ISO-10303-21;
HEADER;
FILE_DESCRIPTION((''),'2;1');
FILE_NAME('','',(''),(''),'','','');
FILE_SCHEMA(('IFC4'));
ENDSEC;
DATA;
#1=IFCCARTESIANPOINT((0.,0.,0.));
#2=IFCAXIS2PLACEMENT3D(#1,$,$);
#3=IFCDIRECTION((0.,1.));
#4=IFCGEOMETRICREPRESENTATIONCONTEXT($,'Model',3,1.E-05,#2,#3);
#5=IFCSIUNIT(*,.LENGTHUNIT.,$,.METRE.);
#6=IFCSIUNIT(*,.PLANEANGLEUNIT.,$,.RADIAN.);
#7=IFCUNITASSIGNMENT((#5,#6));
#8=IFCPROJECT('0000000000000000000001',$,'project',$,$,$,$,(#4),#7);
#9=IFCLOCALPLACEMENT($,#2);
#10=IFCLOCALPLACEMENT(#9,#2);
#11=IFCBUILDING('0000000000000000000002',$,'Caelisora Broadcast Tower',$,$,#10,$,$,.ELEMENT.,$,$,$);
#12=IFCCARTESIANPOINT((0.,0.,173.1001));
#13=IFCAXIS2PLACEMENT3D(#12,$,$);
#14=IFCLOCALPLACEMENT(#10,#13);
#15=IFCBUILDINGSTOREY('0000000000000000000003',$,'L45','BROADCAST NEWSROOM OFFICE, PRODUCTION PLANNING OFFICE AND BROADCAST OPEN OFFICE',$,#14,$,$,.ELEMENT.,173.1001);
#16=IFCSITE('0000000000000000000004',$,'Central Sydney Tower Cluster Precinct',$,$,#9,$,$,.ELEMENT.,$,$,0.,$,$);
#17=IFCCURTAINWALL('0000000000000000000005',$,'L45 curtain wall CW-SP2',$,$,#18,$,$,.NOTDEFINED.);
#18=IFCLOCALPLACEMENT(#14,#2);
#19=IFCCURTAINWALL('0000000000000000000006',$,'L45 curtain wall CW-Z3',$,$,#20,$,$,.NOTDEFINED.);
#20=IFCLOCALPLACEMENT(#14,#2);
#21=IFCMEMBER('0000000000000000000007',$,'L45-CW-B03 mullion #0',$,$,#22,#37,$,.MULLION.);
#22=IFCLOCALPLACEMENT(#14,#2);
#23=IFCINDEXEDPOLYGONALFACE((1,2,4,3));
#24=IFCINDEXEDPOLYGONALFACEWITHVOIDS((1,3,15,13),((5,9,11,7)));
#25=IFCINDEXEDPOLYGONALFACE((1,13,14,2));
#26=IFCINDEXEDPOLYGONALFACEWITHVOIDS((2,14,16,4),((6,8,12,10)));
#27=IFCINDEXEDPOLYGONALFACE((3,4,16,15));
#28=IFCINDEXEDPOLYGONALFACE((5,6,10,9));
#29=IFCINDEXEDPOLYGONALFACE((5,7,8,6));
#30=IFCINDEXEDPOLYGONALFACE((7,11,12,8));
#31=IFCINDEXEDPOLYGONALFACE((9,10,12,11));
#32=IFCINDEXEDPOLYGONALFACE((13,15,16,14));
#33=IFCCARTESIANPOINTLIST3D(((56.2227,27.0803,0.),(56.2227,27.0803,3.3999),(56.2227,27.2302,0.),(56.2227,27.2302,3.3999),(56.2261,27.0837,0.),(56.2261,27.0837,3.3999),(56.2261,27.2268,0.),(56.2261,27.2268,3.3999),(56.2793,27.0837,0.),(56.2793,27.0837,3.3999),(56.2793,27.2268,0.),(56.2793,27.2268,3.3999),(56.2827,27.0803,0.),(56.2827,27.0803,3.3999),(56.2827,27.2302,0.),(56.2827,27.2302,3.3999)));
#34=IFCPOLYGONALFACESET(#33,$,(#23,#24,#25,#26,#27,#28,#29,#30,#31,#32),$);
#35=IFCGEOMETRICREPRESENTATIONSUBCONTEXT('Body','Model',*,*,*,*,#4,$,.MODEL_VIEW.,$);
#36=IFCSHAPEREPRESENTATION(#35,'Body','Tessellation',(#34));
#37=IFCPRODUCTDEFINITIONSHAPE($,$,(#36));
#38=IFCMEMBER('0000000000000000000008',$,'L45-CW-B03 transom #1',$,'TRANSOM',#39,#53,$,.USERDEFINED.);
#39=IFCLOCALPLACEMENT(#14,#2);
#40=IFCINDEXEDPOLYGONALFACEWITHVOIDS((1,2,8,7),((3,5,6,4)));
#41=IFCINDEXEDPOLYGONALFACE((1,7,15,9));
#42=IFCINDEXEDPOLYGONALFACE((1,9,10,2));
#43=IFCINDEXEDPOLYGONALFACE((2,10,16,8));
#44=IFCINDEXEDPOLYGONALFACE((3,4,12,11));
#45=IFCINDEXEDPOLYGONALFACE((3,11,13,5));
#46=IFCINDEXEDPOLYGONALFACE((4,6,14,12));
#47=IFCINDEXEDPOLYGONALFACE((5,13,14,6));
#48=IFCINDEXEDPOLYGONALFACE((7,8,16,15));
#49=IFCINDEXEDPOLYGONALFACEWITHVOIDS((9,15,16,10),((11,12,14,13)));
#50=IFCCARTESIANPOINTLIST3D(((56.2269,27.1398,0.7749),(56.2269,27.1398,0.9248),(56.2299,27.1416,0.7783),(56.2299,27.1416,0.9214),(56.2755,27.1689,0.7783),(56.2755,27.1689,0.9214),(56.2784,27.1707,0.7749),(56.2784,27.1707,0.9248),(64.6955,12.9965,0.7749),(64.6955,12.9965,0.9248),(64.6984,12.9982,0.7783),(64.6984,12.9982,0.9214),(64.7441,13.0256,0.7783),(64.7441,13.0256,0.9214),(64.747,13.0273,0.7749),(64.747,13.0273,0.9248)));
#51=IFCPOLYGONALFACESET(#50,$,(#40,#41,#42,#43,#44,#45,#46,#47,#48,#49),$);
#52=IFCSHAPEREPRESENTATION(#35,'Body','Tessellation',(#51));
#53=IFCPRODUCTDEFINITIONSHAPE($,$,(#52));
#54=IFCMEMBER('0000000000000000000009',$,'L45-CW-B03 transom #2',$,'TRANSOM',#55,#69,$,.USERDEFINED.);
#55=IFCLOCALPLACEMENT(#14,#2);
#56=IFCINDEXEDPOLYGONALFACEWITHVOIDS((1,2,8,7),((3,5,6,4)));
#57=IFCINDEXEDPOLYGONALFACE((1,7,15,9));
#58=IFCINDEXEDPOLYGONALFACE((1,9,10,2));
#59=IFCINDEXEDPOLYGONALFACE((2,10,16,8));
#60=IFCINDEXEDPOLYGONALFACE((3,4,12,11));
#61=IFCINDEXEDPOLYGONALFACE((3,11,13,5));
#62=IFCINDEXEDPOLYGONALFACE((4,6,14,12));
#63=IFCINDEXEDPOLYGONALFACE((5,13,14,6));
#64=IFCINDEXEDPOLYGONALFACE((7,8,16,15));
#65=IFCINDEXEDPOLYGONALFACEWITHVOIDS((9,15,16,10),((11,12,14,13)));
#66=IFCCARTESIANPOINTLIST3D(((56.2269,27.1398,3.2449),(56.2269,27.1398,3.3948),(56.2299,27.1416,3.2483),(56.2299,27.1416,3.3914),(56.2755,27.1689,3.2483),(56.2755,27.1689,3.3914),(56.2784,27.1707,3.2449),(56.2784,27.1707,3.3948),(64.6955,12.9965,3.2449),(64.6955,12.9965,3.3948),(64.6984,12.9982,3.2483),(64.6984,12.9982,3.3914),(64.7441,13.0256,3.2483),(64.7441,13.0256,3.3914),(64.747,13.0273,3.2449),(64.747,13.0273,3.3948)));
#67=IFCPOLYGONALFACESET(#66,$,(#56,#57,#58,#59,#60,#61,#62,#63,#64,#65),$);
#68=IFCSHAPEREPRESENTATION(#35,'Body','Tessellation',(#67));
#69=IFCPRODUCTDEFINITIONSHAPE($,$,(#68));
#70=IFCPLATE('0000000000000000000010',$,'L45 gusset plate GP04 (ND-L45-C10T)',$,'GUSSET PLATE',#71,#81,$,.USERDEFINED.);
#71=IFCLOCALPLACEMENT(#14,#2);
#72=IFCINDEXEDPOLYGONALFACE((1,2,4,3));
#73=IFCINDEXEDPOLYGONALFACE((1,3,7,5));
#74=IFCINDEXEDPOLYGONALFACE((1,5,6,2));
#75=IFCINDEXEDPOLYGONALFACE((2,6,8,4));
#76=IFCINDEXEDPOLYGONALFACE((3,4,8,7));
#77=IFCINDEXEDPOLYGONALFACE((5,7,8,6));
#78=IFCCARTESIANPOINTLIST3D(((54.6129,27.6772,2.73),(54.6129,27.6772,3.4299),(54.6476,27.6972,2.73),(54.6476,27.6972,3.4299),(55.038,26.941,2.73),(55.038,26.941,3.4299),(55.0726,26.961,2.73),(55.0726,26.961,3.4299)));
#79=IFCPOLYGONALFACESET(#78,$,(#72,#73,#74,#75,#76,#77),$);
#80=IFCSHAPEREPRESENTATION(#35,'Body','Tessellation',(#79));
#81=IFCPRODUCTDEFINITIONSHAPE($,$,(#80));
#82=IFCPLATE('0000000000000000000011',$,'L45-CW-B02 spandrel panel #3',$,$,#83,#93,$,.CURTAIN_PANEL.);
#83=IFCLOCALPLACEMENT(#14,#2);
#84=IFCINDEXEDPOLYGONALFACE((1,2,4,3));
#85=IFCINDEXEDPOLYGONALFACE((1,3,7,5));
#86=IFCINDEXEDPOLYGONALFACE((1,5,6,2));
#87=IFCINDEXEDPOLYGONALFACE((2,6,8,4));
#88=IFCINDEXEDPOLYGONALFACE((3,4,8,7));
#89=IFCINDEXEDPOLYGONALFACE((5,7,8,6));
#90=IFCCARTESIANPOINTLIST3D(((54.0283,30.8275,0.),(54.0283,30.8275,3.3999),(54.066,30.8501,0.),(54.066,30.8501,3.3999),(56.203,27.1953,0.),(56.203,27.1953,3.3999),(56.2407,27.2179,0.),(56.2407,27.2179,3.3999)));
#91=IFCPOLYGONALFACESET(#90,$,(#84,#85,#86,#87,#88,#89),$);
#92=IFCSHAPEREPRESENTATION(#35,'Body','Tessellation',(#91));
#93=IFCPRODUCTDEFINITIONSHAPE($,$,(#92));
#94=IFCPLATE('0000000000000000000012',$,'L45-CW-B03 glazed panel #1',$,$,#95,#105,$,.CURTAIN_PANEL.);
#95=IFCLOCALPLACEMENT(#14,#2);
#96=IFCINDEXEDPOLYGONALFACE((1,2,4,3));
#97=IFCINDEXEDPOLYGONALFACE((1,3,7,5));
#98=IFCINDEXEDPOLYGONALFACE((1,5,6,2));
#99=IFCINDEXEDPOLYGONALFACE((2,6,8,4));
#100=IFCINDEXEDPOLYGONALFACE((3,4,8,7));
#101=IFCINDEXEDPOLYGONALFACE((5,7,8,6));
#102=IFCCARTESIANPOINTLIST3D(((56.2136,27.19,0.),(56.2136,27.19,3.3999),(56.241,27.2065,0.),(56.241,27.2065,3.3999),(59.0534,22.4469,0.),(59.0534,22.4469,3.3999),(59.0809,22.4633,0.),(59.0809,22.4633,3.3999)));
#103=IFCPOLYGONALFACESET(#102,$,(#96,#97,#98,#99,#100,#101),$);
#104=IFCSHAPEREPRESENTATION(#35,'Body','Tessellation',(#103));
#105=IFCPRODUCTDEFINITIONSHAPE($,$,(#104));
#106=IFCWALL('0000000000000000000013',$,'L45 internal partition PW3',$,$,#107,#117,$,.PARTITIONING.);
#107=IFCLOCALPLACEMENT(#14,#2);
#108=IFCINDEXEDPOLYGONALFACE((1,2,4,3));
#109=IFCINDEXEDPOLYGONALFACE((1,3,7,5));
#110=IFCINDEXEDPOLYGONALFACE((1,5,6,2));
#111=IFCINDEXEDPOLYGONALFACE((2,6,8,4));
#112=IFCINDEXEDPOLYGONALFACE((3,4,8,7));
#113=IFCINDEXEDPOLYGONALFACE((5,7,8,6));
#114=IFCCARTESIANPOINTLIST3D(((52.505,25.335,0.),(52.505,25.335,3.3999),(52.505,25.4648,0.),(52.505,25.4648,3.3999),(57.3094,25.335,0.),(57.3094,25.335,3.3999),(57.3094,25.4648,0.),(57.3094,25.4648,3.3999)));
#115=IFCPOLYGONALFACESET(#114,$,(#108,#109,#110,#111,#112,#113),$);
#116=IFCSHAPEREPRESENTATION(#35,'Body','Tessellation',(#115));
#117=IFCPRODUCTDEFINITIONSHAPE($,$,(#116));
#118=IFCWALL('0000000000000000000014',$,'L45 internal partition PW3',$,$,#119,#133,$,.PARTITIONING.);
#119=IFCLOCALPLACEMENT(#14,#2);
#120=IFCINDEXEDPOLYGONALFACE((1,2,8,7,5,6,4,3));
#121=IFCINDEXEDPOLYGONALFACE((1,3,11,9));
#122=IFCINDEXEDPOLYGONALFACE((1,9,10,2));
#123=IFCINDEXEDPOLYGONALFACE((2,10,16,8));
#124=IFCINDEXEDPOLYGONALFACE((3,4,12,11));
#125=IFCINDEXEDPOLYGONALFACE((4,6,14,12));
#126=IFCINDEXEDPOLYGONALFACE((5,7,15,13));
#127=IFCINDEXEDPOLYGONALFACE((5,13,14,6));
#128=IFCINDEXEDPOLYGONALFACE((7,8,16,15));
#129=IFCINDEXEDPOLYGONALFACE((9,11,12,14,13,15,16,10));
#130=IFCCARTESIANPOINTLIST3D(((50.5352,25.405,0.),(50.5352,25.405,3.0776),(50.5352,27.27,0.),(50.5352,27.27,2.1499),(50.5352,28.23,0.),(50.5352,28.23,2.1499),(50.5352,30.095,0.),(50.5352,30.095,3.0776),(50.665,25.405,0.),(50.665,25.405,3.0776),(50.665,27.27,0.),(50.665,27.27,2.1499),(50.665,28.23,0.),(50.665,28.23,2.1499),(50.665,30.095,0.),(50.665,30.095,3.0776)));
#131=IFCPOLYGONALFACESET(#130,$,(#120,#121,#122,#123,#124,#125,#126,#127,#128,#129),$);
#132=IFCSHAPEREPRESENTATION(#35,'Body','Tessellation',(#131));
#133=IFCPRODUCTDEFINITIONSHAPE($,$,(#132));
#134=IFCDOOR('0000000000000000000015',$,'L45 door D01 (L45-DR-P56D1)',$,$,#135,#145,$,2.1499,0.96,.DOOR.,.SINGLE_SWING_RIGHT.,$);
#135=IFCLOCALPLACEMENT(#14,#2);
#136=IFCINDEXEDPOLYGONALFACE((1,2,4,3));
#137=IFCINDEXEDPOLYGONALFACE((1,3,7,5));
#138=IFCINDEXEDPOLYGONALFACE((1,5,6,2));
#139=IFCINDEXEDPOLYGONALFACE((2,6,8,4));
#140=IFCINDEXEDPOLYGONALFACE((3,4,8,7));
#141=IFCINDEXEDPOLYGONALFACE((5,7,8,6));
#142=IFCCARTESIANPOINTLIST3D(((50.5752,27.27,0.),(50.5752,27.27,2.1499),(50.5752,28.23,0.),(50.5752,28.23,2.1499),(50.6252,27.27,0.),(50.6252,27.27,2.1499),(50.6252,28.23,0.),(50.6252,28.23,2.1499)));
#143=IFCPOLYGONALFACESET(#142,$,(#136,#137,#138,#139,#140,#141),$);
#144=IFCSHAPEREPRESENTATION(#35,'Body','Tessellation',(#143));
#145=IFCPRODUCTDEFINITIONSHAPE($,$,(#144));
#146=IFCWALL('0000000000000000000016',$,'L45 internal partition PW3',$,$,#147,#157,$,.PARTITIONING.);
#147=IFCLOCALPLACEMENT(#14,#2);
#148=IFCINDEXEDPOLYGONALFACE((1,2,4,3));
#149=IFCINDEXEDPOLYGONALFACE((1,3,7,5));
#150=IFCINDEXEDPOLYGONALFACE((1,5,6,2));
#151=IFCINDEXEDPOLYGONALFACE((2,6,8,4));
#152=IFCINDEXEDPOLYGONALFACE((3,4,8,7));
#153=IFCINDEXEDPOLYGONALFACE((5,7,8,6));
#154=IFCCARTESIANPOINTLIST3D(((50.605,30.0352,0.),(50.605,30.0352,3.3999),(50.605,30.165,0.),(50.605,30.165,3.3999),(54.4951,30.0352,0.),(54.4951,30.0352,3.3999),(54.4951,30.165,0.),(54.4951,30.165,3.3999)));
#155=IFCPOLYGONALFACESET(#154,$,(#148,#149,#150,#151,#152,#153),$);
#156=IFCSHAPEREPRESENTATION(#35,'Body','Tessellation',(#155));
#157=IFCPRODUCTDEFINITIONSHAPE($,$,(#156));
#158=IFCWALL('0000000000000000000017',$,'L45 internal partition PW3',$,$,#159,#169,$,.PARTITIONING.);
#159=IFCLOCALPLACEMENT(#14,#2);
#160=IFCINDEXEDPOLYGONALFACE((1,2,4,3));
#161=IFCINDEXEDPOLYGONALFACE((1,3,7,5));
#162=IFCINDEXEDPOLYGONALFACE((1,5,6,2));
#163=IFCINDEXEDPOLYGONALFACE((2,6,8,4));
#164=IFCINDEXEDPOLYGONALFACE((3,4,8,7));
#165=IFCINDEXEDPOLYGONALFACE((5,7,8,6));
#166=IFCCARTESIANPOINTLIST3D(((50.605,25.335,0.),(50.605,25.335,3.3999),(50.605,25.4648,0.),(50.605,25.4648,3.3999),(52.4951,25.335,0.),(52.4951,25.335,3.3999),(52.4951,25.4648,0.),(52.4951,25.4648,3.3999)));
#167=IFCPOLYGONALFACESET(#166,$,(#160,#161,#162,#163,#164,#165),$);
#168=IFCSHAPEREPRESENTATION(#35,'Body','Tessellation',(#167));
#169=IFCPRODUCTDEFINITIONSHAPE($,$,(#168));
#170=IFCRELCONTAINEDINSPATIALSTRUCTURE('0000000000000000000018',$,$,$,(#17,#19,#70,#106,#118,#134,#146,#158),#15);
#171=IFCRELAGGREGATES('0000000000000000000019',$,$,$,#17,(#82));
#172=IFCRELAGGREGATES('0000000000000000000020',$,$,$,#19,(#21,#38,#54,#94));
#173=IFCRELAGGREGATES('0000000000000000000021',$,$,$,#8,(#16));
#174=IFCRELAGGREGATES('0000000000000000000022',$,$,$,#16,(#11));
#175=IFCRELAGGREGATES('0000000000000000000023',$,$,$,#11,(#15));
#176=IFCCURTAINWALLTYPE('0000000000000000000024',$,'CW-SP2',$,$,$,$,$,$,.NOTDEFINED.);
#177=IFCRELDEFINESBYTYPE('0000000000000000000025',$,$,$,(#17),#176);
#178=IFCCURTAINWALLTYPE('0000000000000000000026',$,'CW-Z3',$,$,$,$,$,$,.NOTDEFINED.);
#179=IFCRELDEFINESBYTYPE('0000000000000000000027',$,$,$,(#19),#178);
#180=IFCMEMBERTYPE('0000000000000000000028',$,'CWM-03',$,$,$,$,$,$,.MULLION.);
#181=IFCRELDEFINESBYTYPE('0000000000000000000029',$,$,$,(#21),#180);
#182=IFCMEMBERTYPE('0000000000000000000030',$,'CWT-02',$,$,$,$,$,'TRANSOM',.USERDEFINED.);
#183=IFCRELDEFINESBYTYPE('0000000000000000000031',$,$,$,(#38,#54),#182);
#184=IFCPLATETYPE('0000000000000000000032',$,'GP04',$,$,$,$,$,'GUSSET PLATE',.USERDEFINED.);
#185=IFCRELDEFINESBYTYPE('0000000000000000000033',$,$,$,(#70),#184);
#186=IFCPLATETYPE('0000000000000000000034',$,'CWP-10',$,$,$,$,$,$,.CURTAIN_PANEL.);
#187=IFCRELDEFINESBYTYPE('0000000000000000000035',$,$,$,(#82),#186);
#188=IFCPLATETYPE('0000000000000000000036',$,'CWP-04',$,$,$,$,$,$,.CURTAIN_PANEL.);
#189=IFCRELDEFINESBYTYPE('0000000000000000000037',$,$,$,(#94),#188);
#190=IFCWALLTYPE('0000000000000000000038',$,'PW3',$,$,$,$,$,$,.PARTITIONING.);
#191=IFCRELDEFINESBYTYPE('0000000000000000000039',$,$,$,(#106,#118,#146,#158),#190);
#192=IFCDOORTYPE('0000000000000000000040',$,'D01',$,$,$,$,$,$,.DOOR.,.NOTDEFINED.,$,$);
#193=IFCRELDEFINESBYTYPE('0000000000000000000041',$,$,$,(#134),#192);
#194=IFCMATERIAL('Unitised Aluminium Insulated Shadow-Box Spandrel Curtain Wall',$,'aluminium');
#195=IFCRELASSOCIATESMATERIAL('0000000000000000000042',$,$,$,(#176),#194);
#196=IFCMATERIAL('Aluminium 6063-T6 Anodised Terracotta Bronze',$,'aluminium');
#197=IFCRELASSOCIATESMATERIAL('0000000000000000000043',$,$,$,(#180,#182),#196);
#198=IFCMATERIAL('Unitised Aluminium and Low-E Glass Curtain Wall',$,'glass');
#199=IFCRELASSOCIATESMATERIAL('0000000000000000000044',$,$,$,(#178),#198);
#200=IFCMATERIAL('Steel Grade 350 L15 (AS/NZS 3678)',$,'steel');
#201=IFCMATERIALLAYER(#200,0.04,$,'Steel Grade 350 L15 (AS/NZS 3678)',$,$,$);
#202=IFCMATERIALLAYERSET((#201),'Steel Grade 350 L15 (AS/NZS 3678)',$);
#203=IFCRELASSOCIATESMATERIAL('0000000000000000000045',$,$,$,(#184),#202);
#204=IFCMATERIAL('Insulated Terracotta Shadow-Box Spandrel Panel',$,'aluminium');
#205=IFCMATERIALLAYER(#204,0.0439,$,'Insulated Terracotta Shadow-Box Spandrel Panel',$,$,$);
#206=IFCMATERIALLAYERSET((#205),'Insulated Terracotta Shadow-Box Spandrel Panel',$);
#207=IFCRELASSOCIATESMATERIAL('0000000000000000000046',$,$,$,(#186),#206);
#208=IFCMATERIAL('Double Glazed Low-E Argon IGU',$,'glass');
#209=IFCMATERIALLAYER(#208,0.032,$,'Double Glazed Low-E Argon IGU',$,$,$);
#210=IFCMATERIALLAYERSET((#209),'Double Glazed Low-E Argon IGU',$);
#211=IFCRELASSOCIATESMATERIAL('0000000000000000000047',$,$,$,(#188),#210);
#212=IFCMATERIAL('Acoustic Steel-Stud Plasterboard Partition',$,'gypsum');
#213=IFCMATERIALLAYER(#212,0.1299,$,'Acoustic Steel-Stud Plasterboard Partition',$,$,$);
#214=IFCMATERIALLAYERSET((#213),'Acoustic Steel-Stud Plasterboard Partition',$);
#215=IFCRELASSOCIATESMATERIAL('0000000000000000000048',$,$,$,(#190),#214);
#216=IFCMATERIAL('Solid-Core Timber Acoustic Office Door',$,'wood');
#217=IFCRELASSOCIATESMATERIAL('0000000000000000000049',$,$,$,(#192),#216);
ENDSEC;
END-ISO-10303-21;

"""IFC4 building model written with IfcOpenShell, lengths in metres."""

from ifc_helpers import new_model, si_unit, direction, frame, frame_2d, origin, origin_2d, place, context, subcontext, project, spatial, rectangle, hollow_rectangle, extrude, source, transform, mapped, material, layer, layer_set, material_profile, profile_set, type_object, type_shapes, element, fill, aggregate, save


model = new_model("IFC4")

# Units and contexts
model_context = context("Model", 3, precision=1e-05, world=origin(), true_north=direction((0.0, 1.0)))
body_context = subcontext(model_context, "Body", "Model", "MODEL_VIEW")
ifc_project = project(units=[si_unit("LENGTHUNIT", "METRE"), si_unit("PLANEANGLEUNIT", "RADIAN")], contexts=[model_context])

# Site, building, storey
site_placement = place(None, origin())
site = spatial("IfcSite", under=ifc_project, at=site_placement, Name="Central Sydney Tower Cluster Precinct", CompositionType="ELEMENT", RefElevation=0.0)
building_placement = place(site_placement, origin())
building = spatial("IfcBuilding", under=site, at=building_placement, Name="Caelisora Broadcast Tower", CompositionType="ELEMENT")
storey_placement = place(building_placement, frame((0.0, 0.0, 173.1001)))
storey = spatial("IfcBuildingStorey", under=building, at=storey_placement, Name="L45", Description="BROADCAST NEWSROOM OFFICE, PRODUCTION PLANNING OFFICE AND BROADCAST OPEN OFFICE", CompositionType="ELEMENT", Elevation=173.1001)

# Shared definitions
ifc_material_1 = material(Name="Steel Grade 350 L15 (AS/NZS 3678)", Category="steel")

# Curtain walls, members
ifc_material_2 = material(Name="Unitised Aluminium Insulated Shadow-Box Spandrel Curtain Wall", Category="aluminium")
curtain_wall_type_1 = type_object("IfcCurtainWallType", Name="CW-SP2", PredefinedType="NOTDEFINED", material=ifc_material_2)
curtain_wall_1_placement = place(storey_placement, origin())
curtain_wall_1 = element("IfcCurtainWall", 1, at=curtain_wall_1_placement, inside=storey, type_object=curtain_wall_type_1, Name="L45 curtain wall CW-SP2", PredefinedType="NOTDEFINED")
ifc_material_3 = material(Name="Aluminium 6063-T6 Anodised Terracotta Bronze", Category="aluminium")
ifc_material_profile_1 = material_profile(ifc_material_3, hollow_rectangle(XDim=0.0601, YDim=0.1499, WallThickness=0.0034, at=origin_2d()), Name="Aluminium 6063-T6 Anodised Terracotta Bronze")
ifc_profile_set_1 = profile_set([ifc_material_profile_1], Name="Aluminium 6063-T6 Anodised Terracotta Bronze")
member_type_1 = type_object("IfcMemberType", Name="CWM-03", PredefinedType="MULLION", material=ifc_profile_set_1)
shared_shape_1 = source(origin(), body_context, "Body", "SweptSolid", [
    extrude(hollow_rectangle(XDim=0.0601, YDim=0.1499, WallThickness=0.0034, at=origin_2d()), origin(), (0.0, 0.0, 1.0), 3.3999),
])
type_shapes(member_type_1, [shared_shape_1])
ifc_material_4 = material(Name="Unitised Aluminium and Low-E Glass Curtain Wall", Category="glass")
curtain_wall_type_2 = type_object("IfcCurtainWallType", Name="CW-Z3", PredefinedType="NOTDEFINED", material=ifc_material_4)
curtain_wall_2_placement = place(storey_placement, origin())
curtain_wall_2 = element("IfcCurtainWall", 2, at=curtain_wall_2_placement, inside=storey, type_object=curtain_wall_type_2, Name="L45 curtain wall CW-Z3", PredefinedType="NOTDEFINED")
member_1_placement = place(storey_placement, frame((56.2527, 27.1553, 0.0), z_axis=(0.0, 0.0, 1.0), x_axis=(1.0, 0.0, 0.0)))
member_1 = element("IfcMember", 3, at=member_1_placement, type_object=member_type_1, Name="L45-CW-B03 mullion #0", PredefinedType="MULLION", context=body_context, shape_type="MappedRepresentation", body=[
    mapped(shared_shape_1, transform((0.0, 0.0, 0.0), scale=1.0)),
])
ifc_material_profile_2 = material_profile(ifc_material_3, hollow_rectangle(XDim=0.0601, YDim=0.1499, WallThickness=0.0034, at=origin_2d()), Name="Aluminium 6063-T6 Anodised Terracotta Bronze")
ifc_profile_set_2 = profile_set([ifc_material_profile_2], Name="Aluminium 6063-T6 Anodised Terracotta Bronze")
member_type_2 = type_object("IfcMemberType", Name="CWT-02", ElementType="TRANSOM", PredefinedType="USERDEFINED", material=ifc_profile_set_2)
shared_shape_2 = source(origin(), body_context, "Body", "SweptSolid", [
    extrude(hollow_rectangle(XDim=0.0601, YDim=0.1499, WallThickness=0.0034, at=origin_2d()), origin(), (0.0, 0.0, 1.0), 16.4849),
])
type_shapes(member_type_2, [shared_shape_2])
member_2_placement = place(storey_placement, frame((56.2527, 27.1553, 0.8499), z_axis=(0.513716, -0.85796, 0.0), x_axis=(0.85796, 0.513716, 0.0)))
member_2 = element("IfcMember", 4, at=member_2_placement, type_object=member_type_2, Name="L45-CW-B03 transom #1", ObjectType="TRANSOM", PredefinedType="USERDEFINED", context=body_context, shape_type="MappedRepresentation", body=[
    mapped(shared_shape_2, transform((0.0, 0.0, 0.0), scale=1.0)),
])
member_3_placement = place(storey_placement, frame((56.2527, 27.1553, 3.3198), z_axis=(0.513716, -0.85796, 0.0), x_axis=(0.85796, 0.513716, 0.0)))
member_3 = element("IfcMember", 5, at=member_3_placement, type_object=member_type_2, Name="L45-CW-B03 transom #2", ObjectType="TRANSOM", PredefinedType="USERDEFINED", context=body_context, shape_type="MappedRepresentation", body=[
    mapped(shared_shape_2, transform((0.0, 0.0, 0.0), scale=1.0)),
])

# Plates
ifc_layer_1 = layer(ifc_material_1, 0.04, Name="Steel Grade 350 L15 (AS/NZS 3678)")
ifc_layer_set_1 = layer_set([ifc_layer_1], Name="Steel Grade 350 L15 (AS/NZS 3678)")
plate_type_1 = type_object("IfcPlateType", Name="GP04", ElementType="GUSSET PLATE", PredefinedType="USERDEFINED", material=ifc_layer_set_1)
shared_shape_3 = source(origin(), body_context, "Body", "SweptSolid", [
    extrude(rectangle(XDim=0.8501, YDim=0.04, at=origin_2d()), origin(), (0.0, 0.0, 1.0), 0.7),
])
type_shapes(plate_type_1, [shared_shape_3])
plate_1_placement = place(storey_placement, frame((54.8428, 27.3191, 2.73), z_axis=(0.0, 0.0, 1.0), x_axis=(-0.5, 0.866025, 0.0)))
element("IfcPlate", 6, at=plate_1_placement, inside=storey, type_object=plate_type_1, Name="L45 gusset plate GP04 (ND-L45-C10T)", ObjectType="GUSSET PLATE", PredefinedType="USERDEFINED", context=body_context, shape_type="MappedRepresentation", body=[
    mapped(shared_shape_3, transform((0.0, 0.0, 0.0), scale=1.0)),
])
ifc_material_5 = material(Name="Insulated Terracotta Shadow-Box Spandrel Panel", Category="aluminium")
ifc_layer_2 = layer(ifc_material_5, 0.0439, Name="Insulated Terracotta Shadow-Box Spandrel Panel")
ifc_layer_set_2 = layer_set([ifc_layer_2], Name="Insulated Terracotta Shadow-Box Spandrel Panel")
plate_type_2 = type_object("IfcPlateType", Name="CWP-10", PredefinedType="CURTAIN_PANEL", material=ifc_layer_set_2)
shared_shape_4 = source(origin(), body_context, "Body", "SweptSolid", [
    extrude(rectangle(XDim=4.2334, YDim=0.0439, at=origin_2d()), origin(), (0.0, 0.0, 1.0), 3.3999),
])
type_shapes(plate_type_2, [shared_shape_4])
plate_2_placement = place(storey_placement, frame((55.1345, 29.0227, 0.0), z_axis=(0.0, 0.0, 1.0), x_axis=(0.513691, -0.857975, 0.0)))
plate_2 = element("IfcPlate", 7, at=plate_2_placement, type_object=plate_type_2, Name="L45-CW-B02 spandrel panel #3", PredefinedType="CURTAIN_PANEL", context=body_context, shape_type="MappedRepresentation", body=[
    mapped(shared_shape_4, transform((0.0, 0.0, 0.0), scale=1.0)),
])
aggregate(curtain_wall_1, [plate_2])
ifc_material_6 = material(Name="Double Glazed Low-E Argon IGU", Category="glass")
ifc_layer_3 = layer(ifc_material_6, 0.032, Name="Double Glazed Low-E Argon IGU")
ifc_layer_set_3 = layer_set([ifc_layer_3], Name="Double Glazed Low-E Argon IGU")
plate_type_3 = type_object("IfcPlateType", Name="CWP-04", PredefinedType="CURTAIN_PANEL", material=ifc_layer_set_3)
shared_shape_5 = source(origin(), body_context, "Body", "SweptSolid", [
    extrude(rectangle(XDim=5.5283, YDim=0.032, at=origin_2d()), origin(), (0.0, 0.0, 1.0), 3.3999),
])
type_shapes(plate_type_3, [shared_shape_5])
plate_3_placement = place(storey_placement, frame((57.6472, 24.8267, 0.0), z_axis=(0.0, 0.0, 1.0), x_axis=(0.513691, -0.857975, 0.0)))
plate_3 = element("IfcPlate", 8, at=plate_3_placement, type_object=plate_type_3, Name="L45-CW-B03 glazed panel #1", PredefinedType="CURTAIN_PANEL", context=body_context, shape_type="MappedRepresentation", body=[
    mapped(shared_shape_5, transform((0.0, 0.0, 0.0), scale=1.0)),
])
aggregate(curtain_wall_2, [member_1, member_2, member_3, plate_3])

# Wall
ifc_material_7 = material(Name="Acoustic Steel-Stud Plasterboard Partition", Category="gypsum")
ifc_layer_4 = layer(ifc_material_7, 0.1299, Name="Acoustic Steel-Stud Plasterboard Partition")
ifc_layer_set_4 = layer_set([ifc_layer_4], Name="Acoustic Steel-Stud Plasterboard Partition")
wall_type = type_object("IfcWallType", Name="PW3", PredefinedType="PARTITIONING", material=ifc_layer_set_4)
wall_1_placement = place(storey_placement, frame((52.5049, 25.3999, 0.0), z_axis=(0.0, 0.0, 1.0), x_axis=(1.0, 0.0, 0.0)))
element("IfcWall", 9, at=wall_1_placement, inside=storey, type_object=wall_type, Name="L45 internal partition PW3", PredefinedType="PARTITIONING", context=body_context, shape_type="SweptSolid", body=[
    extrude(rectangle(XDim=4.8044, YDim=0.1299, at=frame_2d((2.4023, 0.0))), origin(), (0.0, 0.0, 1.0), 3.3999),
])

# Wall, opening, door
wall_2_placement = place(storey_placement, frame((50.6001, 25.405, 0.0), z_axis=(0.0, 0.0, 1.0), x_axis=(0.0, 1.0, 0.0)))
wall_2 = element("IfcWall", 10, at=wall_2_placement, inside=storey, type_object=wall_type, Name="L45 internal partition PW3", PredefinedType="PARTITIONING", context=body_context, shape_type="SweptSolid", body=[
    extrude(rectangle(XDim=4.6899, YDim=0.1299, at=frame_2d((2.345, 0.0))), origin(), (0.0, 0.0, 1.0), 3.0776),
])
opening_placement = place(wall_2_placement, frame((1.865, 0.0, 0.0)))
opening = element("IfcOpeningElement", 11, at=opening_placement, cuts=wall_2, PredefinedType="OPENING", context=body_context, shape_type="SweptSolid", body=[
    extrude(rectangle(XDim=0.96, YDim=2.1499, at=frame_2d((0.48, 1.075))), frame((0.0, 0.0769, 0.0), z_axis=(0.0, -1.0, 0.0), x_axis=(1.0, 0.0, 0.0)), (0.0, 0.0, 1.0), 0.1538),
])
ifc_material_8 = material(Name="Solid-Core Timber Acoustic Office Door", Category="wood")
door_type = type_object("IfcDoorType", Name="D01", OperationType="NOTDEFINED", PredefinedType="DOOR", material=ifc_material_8)
door_placement = place(opening_placement, origin())
door = element("IfcDoor", 12, at=door_placement, inside=storey, type_object=door_type, Name="L45 door D01 (L45-DR-P56D1)", OperationType="SINGLE_SWING_RIGHT", OverallHeight=2.1499, OverallWidth=0.96, PredefinedType="DOOR", context=body_context, shape_type="SweptSolid", body=[
    extrude(rectangle(XDim=0.96, YDim=2.1499, at=frame_2d((0.48, 1.075))), frame((0.0, 0.0249, 0.0), z_axis=(0.0, -1.0, 0.0), x_axis=(1.0, 0.0, 0.0)), (0.0, 0.0, 1.0), 0.05),
])
fill(opening, door)

# Walls
wall_3_placement = place(storey_placement, frame((50.605, 30.1001, 0.0), z_axis=(0.0, 0.0, 1.0), x_axis=(1.0, 0.0, 0.0)))
element("IfcWall", 13, at=wall_3_placement, inside=storey, type_object=wall_type, Name="L45 internal partition PW3", PredefinedType="PARTITIONING", context=body_context, shape_type="SweptSolid", body=[
    extrude(rectangle(XDim=3.8901, YDim=0.1299, at=frame_2d((1.9451, 0.0))), origin(), (0.0, 0.0, 1.0), 3.3999),
])
wall_4_placement = place(storey_placement, frame((50.605, 25.3999, 0.0), z_axis=(0.0, 0.0, 1.0), x_axis=(1.0, 0.0, 0.0)))
element("IfcWall", 14, at=wall_4_placement, inside=storey, type_object=wall_type, Name="L45 internal partition PW3", PredefinedType="PARTITIONING", context=body_context, shape_type="SweptSolid", body=[
    extrude(rectangle(XDim=1.8901, YDim=0.1299, at=frame_2d((0.9451, 0.0))), origin(), (0.0, 0.0, 1.0), 3.3999),
])

save(model, "model.ifc")
